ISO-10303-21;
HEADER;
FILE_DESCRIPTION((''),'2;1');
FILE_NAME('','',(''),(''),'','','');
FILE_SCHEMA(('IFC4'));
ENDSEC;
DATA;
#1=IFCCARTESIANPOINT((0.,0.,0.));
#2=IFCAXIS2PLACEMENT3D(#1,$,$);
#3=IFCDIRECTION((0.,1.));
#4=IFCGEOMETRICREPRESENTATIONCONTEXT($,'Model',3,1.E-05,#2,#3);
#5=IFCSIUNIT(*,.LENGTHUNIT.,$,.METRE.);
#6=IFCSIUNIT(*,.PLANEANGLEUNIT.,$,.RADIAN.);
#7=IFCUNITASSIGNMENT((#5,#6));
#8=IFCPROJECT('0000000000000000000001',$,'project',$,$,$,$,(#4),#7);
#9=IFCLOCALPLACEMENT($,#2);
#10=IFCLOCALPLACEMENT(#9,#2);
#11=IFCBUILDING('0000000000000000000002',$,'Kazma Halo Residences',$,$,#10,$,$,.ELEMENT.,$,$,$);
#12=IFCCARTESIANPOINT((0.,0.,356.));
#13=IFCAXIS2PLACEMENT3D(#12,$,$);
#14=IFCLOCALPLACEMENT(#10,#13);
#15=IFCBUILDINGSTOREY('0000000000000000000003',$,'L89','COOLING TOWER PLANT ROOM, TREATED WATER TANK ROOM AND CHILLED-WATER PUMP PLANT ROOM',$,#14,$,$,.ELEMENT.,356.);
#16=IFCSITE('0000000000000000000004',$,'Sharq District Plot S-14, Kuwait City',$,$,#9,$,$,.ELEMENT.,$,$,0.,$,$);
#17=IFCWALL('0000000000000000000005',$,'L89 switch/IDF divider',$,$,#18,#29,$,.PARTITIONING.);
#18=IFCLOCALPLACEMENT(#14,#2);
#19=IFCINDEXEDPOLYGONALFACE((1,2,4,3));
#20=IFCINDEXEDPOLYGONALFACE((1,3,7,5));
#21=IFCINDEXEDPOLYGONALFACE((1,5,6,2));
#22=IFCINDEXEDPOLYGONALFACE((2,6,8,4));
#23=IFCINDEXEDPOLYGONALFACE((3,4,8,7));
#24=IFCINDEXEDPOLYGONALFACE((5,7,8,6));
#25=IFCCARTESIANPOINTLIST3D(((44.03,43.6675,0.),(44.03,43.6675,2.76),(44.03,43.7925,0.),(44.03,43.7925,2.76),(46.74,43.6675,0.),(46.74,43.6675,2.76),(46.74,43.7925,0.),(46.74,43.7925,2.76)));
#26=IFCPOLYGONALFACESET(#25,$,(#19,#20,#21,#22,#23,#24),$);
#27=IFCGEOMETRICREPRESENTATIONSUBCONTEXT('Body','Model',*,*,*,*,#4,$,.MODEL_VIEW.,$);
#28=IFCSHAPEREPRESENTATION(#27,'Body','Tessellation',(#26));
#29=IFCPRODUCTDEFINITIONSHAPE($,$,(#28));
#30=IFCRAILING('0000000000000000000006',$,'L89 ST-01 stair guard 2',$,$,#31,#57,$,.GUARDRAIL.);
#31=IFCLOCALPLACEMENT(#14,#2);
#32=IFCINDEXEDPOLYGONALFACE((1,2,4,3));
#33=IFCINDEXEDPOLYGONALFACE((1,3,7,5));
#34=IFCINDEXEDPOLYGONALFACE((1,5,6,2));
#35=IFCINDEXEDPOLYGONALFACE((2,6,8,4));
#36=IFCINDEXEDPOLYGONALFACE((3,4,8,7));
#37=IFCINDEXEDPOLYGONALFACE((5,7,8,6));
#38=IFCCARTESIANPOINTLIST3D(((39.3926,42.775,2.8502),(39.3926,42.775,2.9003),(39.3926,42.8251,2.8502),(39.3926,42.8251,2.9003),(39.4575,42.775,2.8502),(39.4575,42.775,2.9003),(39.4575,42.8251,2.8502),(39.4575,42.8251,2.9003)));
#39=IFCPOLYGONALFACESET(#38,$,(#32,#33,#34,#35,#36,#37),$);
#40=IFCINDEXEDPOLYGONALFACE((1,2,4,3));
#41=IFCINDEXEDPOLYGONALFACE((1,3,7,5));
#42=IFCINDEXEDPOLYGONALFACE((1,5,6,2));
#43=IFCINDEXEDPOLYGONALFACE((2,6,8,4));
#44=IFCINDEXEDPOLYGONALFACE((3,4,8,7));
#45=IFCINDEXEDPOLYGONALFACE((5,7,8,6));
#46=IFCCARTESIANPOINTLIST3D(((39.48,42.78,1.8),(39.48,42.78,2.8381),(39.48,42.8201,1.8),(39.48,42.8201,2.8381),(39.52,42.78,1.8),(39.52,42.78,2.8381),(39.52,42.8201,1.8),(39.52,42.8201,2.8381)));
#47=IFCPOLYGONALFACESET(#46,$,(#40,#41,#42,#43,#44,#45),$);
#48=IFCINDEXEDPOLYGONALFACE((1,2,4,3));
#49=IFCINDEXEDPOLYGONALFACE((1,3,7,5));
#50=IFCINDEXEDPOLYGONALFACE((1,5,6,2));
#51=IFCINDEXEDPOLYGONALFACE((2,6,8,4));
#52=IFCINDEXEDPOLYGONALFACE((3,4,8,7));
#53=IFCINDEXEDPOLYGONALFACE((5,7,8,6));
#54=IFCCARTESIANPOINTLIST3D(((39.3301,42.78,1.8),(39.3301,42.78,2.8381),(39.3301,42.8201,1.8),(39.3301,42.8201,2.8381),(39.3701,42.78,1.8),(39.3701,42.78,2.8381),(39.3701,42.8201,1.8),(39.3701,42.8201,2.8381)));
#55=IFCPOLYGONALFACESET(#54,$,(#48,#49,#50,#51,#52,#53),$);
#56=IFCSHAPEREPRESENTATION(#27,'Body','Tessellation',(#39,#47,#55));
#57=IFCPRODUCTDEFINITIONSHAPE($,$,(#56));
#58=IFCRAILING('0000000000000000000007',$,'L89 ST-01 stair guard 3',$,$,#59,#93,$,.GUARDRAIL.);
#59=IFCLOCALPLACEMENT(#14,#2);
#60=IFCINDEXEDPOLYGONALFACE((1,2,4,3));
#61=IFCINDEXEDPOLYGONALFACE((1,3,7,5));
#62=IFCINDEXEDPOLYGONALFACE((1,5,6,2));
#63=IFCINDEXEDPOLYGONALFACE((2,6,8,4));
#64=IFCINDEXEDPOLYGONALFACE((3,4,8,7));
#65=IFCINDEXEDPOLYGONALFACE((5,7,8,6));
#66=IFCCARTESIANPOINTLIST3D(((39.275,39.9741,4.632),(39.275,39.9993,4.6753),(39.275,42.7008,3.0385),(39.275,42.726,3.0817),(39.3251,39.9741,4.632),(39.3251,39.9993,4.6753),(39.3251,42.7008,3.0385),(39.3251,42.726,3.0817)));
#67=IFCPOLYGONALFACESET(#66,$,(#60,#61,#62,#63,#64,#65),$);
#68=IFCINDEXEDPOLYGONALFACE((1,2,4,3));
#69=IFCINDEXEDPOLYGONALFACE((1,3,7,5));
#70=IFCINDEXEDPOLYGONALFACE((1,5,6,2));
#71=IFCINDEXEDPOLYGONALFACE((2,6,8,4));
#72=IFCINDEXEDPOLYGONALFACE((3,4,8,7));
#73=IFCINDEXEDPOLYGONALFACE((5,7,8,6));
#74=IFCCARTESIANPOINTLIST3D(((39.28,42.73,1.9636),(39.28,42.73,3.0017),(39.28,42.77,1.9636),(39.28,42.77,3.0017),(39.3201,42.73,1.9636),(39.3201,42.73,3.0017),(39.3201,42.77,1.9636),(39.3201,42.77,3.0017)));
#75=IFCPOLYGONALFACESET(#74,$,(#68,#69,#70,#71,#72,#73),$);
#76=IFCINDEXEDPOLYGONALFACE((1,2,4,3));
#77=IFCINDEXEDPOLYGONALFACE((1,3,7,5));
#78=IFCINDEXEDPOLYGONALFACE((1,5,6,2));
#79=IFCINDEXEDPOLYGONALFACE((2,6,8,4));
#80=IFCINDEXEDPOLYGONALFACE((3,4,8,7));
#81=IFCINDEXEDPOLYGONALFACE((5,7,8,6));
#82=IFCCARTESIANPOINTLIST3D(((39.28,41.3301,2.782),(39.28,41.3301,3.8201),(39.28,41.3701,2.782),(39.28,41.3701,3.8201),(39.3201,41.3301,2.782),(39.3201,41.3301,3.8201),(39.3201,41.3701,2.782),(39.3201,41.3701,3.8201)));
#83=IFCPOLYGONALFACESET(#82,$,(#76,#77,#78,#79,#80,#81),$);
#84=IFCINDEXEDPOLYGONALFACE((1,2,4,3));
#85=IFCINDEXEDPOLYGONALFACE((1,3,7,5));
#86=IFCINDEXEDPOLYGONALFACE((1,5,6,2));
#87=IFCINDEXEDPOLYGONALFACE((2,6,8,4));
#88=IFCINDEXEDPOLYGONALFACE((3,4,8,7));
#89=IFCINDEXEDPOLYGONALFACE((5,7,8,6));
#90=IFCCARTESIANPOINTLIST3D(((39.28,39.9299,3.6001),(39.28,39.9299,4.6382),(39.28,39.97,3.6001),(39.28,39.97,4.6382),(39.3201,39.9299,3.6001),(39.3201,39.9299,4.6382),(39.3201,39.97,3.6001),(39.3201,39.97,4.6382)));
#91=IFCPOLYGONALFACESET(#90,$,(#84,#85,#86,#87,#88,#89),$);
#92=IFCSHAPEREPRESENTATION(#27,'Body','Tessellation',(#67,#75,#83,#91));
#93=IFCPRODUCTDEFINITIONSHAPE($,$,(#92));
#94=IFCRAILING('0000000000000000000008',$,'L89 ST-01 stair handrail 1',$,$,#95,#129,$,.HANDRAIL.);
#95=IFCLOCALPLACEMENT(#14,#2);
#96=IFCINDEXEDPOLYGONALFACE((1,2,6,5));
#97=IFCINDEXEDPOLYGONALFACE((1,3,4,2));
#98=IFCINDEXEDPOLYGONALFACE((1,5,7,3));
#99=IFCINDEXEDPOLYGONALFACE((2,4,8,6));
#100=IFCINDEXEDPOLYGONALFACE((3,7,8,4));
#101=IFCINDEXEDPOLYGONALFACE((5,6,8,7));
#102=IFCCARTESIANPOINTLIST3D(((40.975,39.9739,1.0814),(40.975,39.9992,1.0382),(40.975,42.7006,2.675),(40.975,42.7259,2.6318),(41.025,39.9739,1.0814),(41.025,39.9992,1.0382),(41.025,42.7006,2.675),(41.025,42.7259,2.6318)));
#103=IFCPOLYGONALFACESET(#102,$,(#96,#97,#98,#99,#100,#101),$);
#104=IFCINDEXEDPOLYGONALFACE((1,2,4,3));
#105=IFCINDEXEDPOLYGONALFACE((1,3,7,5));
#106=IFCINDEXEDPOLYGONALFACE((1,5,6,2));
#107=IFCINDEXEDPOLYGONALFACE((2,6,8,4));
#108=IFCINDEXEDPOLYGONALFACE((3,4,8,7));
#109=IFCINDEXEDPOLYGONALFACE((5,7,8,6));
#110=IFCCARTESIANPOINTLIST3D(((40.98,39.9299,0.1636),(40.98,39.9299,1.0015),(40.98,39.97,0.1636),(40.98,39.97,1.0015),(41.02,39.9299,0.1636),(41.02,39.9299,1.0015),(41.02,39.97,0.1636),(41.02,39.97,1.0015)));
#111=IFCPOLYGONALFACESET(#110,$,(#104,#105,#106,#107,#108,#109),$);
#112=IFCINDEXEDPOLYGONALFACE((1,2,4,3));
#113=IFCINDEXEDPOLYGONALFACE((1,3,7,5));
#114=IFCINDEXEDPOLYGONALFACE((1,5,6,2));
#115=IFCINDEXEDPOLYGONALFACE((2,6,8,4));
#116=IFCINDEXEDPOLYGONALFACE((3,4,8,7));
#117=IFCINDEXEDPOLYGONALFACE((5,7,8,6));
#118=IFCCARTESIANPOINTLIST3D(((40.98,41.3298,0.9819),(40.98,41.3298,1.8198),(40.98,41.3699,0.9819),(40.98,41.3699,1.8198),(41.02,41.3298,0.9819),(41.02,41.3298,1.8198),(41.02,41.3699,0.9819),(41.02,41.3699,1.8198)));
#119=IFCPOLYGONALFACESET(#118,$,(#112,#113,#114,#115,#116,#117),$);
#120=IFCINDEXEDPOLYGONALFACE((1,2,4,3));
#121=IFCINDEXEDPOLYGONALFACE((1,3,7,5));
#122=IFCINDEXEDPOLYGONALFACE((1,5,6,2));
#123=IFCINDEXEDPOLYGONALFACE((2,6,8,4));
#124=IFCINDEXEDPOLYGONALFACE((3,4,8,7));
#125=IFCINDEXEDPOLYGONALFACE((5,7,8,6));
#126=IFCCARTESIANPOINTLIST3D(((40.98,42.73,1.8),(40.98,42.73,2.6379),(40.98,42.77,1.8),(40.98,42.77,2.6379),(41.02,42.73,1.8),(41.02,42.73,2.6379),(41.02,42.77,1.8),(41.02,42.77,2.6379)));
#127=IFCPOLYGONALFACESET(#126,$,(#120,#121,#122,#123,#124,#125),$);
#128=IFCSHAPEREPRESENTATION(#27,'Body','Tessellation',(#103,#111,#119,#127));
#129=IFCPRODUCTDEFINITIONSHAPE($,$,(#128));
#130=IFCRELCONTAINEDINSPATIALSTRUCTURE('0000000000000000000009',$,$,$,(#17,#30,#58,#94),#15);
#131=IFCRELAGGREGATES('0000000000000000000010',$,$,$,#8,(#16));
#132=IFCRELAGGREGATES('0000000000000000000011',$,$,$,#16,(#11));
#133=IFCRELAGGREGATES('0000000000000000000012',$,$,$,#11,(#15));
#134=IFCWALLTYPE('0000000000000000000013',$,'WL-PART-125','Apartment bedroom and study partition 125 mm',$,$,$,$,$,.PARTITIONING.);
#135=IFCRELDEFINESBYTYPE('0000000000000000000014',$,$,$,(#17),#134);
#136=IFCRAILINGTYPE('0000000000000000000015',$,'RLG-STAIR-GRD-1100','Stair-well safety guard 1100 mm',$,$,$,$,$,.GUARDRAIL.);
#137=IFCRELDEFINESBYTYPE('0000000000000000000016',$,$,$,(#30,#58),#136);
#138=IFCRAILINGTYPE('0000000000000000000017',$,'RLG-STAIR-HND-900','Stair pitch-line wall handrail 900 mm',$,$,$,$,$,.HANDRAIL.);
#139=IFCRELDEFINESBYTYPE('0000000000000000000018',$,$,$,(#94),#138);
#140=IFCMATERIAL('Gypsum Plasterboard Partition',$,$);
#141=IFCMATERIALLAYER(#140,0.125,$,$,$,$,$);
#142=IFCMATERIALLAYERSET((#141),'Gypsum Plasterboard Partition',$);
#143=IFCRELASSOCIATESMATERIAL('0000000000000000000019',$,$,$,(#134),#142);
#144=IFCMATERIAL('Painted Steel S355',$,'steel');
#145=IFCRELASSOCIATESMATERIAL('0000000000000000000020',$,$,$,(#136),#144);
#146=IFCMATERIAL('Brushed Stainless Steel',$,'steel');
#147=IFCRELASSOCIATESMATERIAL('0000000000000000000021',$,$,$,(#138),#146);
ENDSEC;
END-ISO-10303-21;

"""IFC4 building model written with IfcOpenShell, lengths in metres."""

from ifc_helpers import new_model, si_unit, direction, frame, frame_2d, origin, origin_2d, place, context, subcontext, project, spatial, rectangle, extrude, material, layer, layer_set, type_object, element, save


model = new_model("IFC4")

# Units and contexts
model_context = context("Model", 3, precision=1e-05, world=origin(), true_north=direction((0.0, 1.0)))
body_context = subcontext(model_context, "Body", "Model", "MODEL_VIEW")
ifc_project = project(units=[si_unit("LENGTHUNIT", "METRE"), si_unit("PLANEANGLEUNIT", "RADIAN")], contexts=[model_context])

# Site, building, storey
site_placement = place(None, origin())
site = spatial("IfcSite", under=ifc_project, at=site_placement, Name="Sharq District Plot S-14, Kuwait City", CompositionType="ELEMENT", RefElevation=0.0)
building_placement = place(site_placement, origin())
building = spatial("IfcBuilding", under=site, at=building_placement, Name="Kazma Halo Residences", CompositionType="ELEMENT")
storey_placement = place(building_placement, frame((0.0, 0.0, 356.0)))
storey = spatial("IfcBuildingStorey", under=building, at=storey_placement, Name="L89", Description="COOLING TOWER PLANT ROOM, TREATED WATER TANK ROOM AND CHILLED-WATER PUMP PLANT ROOM", CompositionType="ELEMENT", Elevation=356.0)

# Wall
ifc_material_1 = material(Name="Gypsum Plasterboard Partition")
ifc_layer_1 = layer(ifc_material_1, 0.125)
ifc_layer_set_1 = layer_set([ifc_layer_1], Name="Gypsum Plasterboard Partition")
wall_type_1 = type_object("IfcWallType", Name="WL-PART-125", Description="Apartment bedroom and study partition 125 mm", PredefinedType="PARTITIONING", material=ifc_layer_set_1)
wall_1_placement = place(storey_placement, frame((44.03, 43.73, 0.0), z_axis=(0.0, 0.0, 1.0), x_axis=(1.0, 0.0, 0.0)))
element("IfcWall", 1, at=wall_1_placement, inside=storey, type_object=wall_type_1, Name="L89 switch/IDF divider", PredefinedType="PARTITIONING", context=body_context, shape_type="SweptSolid", body=[
    extrude(rectangle(XDim=2.71, YDim=0.125, at=frame_2d((1.355, 0.0))), origin(), (0.0, 0.0, 1.0), 2.76),
])

# Railings
ifc_material_2 = material(Name="Painted Steel S355", Category="steel")
railing_type_1 = type_object("IfcRailingType", Name="RLG-STAIR-GRD-1100", Description="Stair-well safety guard 1100 mm", PredefinedType="GUARDRAIL", material=ifc_material_2)
railing_1_placement = place(storey_placement, frame((39.5, 42.8, 1.8)))
element("IfcRailing", 2, at=railing_1_placement, inside=storey, type_object=railing_type_1, Name="L89 ST-01 stair guard 2", PredefinedType="GUARDRAIL", context=body_context, shape_type="SweptSolid", body=[
    extrude(rectangle(XDim=0.05, YDim=0.05, at=origin_2d()), frame((-0.0425, 0.0, 1.0752), z_axis=(-1.0, 0.0, 0.0), x_axis=(0.0, -1.0, 0.0)), (0.0, 0.0, 1.0), 0.0649),
    extrude(rectangle(XDim=0.04, YDim=0.04, at=origin_2d()), origin(), (0.0, 0.0, 1.0), 1.0381),
    extrude(rectangle(XDim=0.04, YDim=0.04, at=origin_2d()), frame((-0.1499, 0.0, 0.0)), (0.0, 0.0, 1.0), 1.0381),
])
railing_2_placement = place(storey_placement, frame((39.3, 42.75, 1.9636)))
element("IfcRailing", 3, at=railing_2_placement, inside=storey, type_object=railing_type_1, Name="L89 ST-01 stair guard 3", PredefinedType="GUARDRAIL", context=body_context, shape_type="SweptSolid", body=[
    extrude(rectangle(XDim=0.05, YDim=0.05, at=origin_2d()), frame((0.0, -0.0366, 1.0964), z_axis=(0.0, -0.863361, 0.504587), x_axis=(1.0, 0.0, 0.0)), (0.0, 0.0, 1.0), 3.1582),
    extrude(rectangle(XDim=0.04, YDim=0.04, at=origin_2d()), origin(), (0.0, 0.0, 1.0), 1.0381),
    extrude(rectangle(XDim=0.04, YDim=0.04, at=origin_2d()), frame((0.0, -1.3999, 0.8184)), (0.0, 0.0, 1.0), 1.0381),
    extrude(rectangle(XDim=0.04, YDim=0.04, at=origin_2d()), frame((0.0, -2.8, 1.6365)), (0.0, 0.0, 1.0), 1.0381),
])
ifc_material_3 = material(Name="Brushed Stainless Steel", Category="steel")
railing_type_2 = type_object("IfcRailingType", Name="RLG-STAIR-HND-900", Description="Stair pitch-line wall handrail 900 mm", PredefinedType="HANDRAIL", material=ifc_material_3)
railing_3_placement = place(storey_placement, frame((41.0, 39.95, 0.1636)))
element("IfcRailing", 4, at=railing_3_placement, inside=storey, type_object=railing_type_2, Name="L89 ST-01 stair handrail 1", PredefinedType="HANDRAIL", context=body_context, shape_type="SweptSolid", body=[
    extrude(rectangle(XDim=0.05, YDim=0.05, at=origin_2d()), frame((0.0, 0.0366, 0.8962), z_axis=(0.0, 0.863361, 0.504587), x_axis=(-1.0, 0.0, 0.0)), (0.0, 0.0, 1.0), 3.1582),
    extrude(rectangle(XDim=0.04, YDim=0.04, at=origin_2d()), origin(), (0.0, 0.0, 1.0), 0.8379),
    extrude(rectangle(XDim=0.04, YDim=0.04, at=origin_2d()), frame((0.0, 1.3999, 0.8184)), (0.0, 0.0, 1.0), 0.8379),
    extrude(rectangle(XDim=0.04, YDim=0.04, at=origin_2d()), frame((0.0, 2.8, 1.6365)), (0.0, 0.0, 1.0), 0.8379),
])

save(model, "model.ifc")
